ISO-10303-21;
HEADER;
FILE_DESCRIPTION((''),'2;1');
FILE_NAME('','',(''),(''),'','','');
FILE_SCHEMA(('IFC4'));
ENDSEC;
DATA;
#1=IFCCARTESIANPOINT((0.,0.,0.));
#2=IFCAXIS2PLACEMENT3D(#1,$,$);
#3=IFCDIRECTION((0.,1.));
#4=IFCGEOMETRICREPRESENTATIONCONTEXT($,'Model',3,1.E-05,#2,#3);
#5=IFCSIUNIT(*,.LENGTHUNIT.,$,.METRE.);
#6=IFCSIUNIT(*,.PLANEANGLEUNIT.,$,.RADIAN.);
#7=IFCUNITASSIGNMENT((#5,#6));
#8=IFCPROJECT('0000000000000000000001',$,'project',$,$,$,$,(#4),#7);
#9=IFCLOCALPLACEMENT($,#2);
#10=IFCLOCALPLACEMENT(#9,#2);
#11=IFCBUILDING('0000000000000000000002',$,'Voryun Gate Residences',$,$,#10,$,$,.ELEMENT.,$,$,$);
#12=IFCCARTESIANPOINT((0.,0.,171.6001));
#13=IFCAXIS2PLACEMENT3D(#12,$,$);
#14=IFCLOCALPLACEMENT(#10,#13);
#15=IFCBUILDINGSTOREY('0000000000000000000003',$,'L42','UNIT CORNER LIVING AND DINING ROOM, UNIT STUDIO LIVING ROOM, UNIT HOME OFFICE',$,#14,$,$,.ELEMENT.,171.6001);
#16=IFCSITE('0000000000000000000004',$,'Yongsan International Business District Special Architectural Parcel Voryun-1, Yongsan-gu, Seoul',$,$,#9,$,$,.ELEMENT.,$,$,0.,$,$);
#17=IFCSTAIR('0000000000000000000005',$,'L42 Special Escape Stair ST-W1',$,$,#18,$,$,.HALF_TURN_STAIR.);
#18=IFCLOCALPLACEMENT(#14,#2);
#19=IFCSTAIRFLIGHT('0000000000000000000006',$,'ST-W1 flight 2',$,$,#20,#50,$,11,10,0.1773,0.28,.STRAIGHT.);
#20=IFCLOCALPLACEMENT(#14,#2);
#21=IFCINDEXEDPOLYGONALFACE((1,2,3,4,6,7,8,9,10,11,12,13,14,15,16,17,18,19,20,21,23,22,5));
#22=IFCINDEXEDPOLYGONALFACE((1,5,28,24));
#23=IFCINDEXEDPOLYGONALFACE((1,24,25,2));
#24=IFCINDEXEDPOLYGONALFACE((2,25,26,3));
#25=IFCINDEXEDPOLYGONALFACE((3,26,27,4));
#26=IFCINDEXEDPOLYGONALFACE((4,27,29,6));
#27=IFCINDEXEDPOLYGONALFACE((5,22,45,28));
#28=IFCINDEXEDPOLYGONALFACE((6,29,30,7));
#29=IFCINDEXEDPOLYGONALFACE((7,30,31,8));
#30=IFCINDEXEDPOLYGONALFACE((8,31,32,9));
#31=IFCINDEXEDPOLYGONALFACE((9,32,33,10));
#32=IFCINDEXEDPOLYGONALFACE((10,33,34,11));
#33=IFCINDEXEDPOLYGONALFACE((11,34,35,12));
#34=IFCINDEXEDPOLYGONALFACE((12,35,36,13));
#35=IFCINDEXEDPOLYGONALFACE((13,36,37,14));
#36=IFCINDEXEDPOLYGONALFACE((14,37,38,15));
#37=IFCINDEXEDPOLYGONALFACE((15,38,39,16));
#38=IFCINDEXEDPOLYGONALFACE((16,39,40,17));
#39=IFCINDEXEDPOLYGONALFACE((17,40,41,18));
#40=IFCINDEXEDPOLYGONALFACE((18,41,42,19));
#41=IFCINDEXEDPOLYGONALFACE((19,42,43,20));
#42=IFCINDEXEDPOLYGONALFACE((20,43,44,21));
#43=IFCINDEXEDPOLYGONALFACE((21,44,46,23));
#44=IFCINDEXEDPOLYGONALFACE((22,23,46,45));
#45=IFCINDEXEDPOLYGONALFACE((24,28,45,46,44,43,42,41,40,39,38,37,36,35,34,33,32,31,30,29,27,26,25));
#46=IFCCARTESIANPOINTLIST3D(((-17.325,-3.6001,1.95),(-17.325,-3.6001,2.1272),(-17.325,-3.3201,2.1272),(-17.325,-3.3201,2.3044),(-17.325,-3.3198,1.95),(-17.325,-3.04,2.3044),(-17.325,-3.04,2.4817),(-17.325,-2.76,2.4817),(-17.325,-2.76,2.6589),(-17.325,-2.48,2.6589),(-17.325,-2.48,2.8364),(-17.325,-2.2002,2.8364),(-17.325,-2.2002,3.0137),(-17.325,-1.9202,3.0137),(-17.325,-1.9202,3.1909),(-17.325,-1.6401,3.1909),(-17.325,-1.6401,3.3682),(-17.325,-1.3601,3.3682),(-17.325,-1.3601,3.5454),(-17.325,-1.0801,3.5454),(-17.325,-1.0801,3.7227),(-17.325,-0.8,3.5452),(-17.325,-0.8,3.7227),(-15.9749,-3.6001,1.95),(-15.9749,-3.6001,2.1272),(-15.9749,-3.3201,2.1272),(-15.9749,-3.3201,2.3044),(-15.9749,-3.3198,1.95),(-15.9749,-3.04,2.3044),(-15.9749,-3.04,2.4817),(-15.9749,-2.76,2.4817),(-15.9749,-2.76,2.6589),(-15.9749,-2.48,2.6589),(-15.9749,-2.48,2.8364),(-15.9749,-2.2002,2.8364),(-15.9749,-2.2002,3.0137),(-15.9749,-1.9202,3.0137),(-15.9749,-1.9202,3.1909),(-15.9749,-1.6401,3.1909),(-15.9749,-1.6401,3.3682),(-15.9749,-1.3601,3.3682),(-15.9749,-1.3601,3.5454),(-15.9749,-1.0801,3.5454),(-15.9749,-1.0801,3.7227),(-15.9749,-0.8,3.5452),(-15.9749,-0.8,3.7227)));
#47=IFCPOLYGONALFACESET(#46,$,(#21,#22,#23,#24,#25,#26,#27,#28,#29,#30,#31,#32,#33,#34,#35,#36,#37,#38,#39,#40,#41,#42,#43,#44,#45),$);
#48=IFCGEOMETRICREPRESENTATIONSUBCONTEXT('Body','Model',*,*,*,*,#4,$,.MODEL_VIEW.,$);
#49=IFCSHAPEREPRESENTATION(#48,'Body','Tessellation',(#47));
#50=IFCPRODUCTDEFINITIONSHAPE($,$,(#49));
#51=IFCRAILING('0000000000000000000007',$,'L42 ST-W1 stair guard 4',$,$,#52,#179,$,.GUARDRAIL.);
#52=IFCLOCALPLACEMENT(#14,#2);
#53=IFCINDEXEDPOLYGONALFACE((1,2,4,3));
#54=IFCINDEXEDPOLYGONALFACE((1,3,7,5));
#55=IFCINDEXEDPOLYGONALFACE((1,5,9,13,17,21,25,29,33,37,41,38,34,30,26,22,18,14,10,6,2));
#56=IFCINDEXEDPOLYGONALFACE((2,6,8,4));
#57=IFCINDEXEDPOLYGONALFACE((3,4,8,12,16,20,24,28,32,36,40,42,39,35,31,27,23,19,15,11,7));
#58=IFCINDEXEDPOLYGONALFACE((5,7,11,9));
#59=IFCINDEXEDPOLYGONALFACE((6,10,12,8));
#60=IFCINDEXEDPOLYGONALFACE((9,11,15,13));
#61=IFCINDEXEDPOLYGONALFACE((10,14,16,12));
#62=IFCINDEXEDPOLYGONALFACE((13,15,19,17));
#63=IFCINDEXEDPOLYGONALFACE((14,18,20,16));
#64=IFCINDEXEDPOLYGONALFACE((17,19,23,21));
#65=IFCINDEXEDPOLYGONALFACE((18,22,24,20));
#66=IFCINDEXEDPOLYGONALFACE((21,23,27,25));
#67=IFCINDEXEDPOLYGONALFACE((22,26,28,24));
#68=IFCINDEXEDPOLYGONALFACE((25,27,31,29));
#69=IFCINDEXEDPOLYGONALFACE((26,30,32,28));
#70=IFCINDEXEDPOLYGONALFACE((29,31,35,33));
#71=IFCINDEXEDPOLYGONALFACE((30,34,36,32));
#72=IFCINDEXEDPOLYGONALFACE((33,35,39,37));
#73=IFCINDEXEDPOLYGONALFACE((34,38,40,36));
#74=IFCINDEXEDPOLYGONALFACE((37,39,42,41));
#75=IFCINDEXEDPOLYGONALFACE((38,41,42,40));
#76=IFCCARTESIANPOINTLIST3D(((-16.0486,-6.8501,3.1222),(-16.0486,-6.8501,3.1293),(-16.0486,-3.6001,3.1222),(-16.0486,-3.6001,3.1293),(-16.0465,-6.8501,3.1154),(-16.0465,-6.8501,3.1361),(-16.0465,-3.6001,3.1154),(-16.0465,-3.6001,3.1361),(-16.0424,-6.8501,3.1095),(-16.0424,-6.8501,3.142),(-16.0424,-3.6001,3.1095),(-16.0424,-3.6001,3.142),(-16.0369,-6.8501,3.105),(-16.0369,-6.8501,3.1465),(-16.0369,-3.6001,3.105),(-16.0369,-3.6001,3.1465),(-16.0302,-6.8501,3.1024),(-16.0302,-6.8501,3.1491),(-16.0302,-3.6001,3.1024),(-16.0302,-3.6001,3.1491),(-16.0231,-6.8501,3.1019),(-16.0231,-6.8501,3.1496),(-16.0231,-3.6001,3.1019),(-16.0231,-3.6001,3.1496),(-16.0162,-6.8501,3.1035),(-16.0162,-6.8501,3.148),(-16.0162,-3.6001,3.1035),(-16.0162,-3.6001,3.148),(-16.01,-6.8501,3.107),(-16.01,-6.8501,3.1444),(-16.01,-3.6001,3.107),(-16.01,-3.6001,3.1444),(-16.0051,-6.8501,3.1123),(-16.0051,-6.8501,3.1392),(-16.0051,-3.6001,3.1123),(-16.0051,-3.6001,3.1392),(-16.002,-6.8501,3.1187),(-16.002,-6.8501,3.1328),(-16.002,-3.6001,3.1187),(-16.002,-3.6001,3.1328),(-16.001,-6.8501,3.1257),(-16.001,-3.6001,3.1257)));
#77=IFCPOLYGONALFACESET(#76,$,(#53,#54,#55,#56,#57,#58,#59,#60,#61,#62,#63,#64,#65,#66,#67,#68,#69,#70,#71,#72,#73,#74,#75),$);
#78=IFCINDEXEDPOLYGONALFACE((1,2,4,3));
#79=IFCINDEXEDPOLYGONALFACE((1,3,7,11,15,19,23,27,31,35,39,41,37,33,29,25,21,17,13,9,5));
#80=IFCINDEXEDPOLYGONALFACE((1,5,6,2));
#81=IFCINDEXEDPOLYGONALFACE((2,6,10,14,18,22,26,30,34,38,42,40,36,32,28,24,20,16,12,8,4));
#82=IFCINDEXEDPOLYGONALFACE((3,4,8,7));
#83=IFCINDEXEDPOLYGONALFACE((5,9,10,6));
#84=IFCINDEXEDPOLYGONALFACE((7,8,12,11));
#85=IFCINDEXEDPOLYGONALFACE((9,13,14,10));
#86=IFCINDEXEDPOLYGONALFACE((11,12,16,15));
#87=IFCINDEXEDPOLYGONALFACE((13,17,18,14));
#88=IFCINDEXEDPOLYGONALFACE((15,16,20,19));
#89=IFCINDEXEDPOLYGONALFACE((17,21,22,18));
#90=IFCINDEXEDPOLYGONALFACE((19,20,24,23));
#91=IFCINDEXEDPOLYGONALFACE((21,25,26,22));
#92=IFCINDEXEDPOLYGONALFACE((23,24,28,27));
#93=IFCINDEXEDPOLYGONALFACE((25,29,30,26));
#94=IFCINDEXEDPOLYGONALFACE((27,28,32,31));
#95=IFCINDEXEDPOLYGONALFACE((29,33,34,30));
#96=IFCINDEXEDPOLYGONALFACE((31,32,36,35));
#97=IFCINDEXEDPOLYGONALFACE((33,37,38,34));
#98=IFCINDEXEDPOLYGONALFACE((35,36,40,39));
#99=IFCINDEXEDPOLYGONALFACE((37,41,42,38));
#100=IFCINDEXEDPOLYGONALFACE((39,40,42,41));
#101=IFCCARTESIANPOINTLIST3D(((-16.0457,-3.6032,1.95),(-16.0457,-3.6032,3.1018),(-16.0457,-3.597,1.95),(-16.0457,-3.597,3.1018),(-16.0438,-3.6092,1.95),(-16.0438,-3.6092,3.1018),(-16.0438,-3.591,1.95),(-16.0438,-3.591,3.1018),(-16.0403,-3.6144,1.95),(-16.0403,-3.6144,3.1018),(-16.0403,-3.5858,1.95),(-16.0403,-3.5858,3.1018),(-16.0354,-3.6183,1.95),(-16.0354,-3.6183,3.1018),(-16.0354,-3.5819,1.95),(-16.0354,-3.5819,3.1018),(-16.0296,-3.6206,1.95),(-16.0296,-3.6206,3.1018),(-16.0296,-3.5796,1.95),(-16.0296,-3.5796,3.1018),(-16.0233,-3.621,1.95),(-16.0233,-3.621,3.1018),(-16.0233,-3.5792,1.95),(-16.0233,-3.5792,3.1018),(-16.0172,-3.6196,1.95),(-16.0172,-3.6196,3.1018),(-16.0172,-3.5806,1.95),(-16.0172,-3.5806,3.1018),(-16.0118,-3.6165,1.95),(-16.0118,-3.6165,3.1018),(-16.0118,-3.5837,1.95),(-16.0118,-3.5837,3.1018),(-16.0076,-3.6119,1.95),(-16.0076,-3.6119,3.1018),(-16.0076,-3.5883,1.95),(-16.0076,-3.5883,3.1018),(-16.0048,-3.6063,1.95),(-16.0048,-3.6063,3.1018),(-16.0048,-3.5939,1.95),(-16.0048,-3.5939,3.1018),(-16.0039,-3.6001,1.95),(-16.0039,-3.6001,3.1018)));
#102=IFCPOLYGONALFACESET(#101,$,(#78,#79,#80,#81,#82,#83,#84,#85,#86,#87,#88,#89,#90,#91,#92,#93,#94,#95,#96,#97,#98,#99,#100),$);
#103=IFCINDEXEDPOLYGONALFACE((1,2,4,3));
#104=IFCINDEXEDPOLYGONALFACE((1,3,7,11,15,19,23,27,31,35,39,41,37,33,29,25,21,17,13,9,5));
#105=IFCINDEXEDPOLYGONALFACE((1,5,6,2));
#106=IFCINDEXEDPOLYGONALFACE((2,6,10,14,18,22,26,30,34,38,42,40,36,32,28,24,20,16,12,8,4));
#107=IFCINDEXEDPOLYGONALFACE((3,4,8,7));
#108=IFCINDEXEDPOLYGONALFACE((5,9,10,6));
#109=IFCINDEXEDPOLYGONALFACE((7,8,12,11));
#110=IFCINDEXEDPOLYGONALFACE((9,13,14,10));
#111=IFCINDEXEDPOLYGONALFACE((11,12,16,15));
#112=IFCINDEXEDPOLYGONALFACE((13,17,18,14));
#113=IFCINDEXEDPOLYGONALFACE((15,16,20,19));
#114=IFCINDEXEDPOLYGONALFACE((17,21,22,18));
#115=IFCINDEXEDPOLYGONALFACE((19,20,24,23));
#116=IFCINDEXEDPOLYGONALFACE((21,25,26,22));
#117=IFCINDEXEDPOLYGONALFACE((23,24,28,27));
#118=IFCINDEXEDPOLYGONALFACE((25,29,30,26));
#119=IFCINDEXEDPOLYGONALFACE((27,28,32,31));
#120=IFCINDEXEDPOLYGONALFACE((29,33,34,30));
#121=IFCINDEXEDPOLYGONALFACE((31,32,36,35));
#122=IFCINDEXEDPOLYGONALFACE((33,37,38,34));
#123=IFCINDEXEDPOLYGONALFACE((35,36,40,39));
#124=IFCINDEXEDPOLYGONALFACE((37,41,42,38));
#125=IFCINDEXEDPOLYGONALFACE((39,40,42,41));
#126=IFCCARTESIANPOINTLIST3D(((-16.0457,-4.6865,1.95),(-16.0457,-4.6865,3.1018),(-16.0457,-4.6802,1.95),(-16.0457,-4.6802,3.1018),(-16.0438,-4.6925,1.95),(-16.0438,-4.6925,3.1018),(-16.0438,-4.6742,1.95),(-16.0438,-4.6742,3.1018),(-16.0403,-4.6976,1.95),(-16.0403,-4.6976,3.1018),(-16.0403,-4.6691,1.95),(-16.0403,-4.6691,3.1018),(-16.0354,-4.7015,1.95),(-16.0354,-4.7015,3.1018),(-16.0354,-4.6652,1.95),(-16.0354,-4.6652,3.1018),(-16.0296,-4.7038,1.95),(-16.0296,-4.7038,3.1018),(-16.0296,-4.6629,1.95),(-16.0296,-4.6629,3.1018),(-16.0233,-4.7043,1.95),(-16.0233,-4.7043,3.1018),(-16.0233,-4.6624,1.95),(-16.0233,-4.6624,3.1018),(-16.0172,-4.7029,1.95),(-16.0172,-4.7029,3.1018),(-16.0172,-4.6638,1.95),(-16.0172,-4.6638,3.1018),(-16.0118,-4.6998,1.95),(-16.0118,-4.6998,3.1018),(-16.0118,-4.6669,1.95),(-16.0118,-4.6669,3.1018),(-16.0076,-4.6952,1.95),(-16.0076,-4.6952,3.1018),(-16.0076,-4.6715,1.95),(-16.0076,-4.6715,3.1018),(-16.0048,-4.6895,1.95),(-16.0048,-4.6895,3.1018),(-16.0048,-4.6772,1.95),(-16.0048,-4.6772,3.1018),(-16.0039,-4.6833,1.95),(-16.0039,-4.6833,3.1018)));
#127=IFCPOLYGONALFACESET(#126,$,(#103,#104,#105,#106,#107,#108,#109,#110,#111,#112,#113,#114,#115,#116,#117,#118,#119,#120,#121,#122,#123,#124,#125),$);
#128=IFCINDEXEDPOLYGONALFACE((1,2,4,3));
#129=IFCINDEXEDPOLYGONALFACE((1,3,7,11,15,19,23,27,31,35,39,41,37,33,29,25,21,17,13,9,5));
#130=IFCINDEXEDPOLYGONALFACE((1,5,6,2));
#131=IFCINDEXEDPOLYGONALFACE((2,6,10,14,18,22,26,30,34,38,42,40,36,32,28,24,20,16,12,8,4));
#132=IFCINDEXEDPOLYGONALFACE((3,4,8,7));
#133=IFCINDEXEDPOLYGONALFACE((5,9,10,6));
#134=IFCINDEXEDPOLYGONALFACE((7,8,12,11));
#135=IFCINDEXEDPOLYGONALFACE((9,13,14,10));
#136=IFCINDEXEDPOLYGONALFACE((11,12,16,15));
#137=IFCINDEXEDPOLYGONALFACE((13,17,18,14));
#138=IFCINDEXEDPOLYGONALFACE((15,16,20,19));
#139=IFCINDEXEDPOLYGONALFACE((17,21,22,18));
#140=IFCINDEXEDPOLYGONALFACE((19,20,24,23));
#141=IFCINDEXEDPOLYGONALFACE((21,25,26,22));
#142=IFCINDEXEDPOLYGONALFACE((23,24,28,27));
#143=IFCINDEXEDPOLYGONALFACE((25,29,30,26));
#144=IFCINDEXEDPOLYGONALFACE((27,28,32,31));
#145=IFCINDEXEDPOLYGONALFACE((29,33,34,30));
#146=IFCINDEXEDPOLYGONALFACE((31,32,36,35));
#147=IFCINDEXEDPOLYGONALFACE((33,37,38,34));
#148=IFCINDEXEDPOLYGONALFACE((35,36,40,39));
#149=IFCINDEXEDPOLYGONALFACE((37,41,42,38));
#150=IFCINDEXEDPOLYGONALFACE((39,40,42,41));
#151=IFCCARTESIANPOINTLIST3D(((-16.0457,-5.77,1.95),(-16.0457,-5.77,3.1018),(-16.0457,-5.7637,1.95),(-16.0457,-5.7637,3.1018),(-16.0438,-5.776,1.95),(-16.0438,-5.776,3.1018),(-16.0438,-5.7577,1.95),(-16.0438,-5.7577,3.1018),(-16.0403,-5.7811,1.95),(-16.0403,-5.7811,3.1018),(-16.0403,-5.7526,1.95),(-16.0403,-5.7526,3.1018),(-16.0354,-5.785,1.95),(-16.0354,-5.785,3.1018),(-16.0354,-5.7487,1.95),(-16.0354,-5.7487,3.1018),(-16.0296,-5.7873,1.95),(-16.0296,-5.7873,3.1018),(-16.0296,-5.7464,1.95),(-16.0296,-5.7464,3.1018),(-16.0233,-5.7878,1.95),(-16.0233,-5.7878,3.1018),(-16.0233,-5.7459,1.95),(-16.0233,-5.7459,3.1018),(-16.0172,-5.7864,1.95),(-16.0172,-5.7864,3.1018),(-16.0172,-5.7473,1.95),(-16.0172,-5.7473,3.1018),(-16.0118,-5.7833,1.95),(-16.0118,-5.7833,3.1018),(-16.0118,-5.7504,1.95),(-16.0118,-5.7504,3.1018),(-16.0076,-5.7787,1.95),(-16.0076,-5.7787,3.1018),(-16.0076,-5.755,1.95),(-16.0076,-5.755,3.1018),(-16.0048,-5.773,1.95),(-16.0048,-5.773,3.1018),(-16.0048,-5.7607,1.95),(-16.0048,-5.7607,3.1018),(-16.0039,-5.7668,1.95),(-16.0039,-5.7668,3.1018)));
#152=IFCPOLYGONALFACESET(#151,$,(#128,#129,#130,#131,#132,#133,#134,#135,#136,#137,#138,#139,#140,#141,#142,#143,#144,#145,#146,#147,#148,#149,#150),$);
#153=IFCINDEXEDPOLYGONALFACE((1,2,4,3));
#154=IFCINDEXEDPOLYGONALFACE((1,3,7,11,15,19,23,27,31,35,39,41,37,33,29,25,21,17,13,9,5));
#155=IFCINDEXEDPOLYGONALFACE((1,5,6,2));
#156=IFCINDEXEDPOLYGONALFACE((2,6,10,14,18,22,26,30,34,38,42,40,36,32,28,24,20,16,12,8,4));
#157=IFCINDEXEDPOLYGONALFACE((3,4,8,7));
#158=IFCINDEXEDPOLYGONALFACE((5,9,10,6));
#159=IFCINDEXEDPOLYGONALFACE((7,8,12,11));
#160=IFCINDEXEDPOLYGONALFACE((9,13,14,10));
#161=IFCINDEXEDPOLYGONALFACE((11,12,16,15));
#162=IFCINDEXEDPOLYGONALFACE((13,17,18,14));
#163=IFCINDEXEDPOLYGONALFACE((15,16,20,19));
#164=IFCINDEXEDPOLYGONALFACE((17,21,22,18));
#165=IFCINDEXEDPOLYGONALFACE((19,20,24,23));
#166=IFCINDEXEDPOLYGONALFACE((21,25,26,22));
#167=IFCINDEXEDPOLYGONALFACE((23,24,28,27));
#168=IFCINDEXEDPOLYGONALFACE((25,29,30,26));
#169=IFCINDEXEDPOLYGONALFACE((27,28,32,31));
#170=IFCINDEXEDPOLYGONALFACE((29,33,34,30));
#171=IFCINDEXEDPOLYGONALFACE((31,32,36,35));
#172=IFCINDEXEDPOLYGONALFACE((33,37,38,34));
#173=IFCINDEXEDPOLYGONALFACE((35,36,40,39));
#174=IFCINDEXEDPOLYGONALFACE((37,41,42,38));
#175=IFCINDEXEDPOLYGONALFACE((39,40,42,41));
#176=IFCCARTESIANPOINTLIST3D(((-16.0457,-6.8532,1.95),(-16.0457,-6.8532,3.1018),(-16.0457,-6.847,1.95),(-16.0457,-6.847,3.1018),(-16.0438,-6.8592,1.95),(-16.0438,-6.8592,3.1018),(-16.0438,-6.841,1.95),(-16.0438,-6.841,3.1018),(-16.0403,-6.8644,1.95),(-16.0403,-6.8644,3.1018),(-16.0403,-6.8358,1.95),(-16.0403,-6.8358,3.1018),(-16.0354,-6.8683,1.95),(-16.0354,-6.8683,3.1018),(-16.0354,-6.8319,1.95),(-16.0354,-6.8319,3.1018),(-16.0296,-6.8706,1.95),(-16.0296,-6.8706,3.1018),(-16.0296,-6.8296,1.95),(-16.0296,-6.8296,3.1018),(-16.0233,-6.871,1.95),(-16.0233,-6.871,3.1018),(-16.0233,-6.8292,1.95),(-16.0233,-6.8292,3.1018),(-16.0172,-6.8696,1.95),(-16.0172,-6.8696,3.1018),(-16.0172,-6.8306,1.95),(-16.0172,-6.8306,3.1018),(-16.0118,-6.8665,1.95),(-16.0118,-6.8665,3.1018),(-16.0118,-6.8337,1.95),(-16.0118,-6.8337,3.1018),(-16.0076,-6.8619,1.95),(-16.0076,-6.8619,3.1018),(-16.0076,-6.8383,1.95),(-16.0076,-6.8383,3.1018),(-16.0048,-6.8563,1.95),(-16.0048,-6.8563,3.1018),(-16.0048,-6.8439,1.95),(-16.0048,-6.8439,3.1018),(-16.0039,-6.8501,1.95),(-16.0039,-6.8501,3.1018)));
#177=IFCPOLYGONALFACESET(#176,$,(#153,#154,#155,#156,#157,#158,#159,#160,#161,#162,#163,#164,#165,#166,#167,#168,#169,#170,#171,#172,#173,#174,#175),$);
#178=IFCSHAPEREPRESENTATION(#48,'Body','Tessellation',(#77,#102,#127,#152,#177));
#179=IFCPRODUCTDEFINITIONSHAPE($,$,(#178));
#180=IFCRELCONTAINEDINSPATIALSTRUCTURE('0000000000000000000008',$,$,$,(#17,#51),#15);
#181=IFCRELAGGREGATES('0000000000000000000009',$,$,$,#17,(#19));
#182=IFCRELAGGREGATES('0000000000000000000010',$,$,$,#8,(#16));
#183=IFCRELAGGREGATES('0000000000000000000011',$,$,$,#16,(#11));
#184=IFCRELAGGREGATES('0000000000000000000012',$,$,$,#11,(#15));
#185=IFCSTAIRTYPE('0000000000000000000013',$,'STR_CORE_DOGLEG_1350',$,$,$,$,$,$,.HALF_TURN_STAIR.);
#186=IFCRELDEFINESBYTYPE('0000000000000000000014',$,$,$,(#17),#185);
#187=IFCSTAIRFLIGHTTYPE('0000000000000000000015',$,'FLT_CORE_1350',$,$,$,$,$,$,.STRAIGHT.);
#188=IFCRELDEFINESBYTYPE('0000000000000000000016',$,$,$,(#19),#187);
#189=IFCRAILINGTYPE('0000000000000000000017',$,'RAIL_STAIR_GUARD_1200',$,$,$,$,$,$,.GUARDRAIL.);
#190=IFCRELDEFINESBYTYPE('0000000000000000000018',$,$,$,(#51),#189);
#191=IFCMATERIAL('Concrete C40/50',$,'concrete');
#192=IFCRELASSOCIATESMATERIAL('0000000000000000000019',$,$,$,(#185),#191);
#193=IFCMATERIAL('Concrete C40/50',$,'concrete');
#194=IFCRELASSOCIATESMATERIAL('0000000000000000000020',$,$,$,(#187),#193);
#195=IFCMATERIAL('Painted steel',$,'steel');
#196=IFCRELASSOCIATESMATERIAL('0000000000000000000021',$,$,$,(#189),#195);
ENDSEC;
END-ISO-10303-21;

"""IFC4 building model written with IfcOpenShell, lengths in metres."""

from ifc_helpers import new_model, si_unit, direction, frame, origin, origin_2d, place, context, subcontext, project, spatial, polyline, circle, outline, extrude, material, type_object, element, aggregate, save


model = new_model("IFC4")

# Units and contexts
model_context = context("Model", 3, precision=1e-05, world=origin(), true_north=direction((0.0, 1.0)))
body_context = subcontext(model_context, "Body", "Model", "MODEL_VIEW")
ifc_project = project(units=[si_unit("LENGTHUNIT", "METRE"), si_unit("PLANEANGLEUNIT", "RADIAN")], contexts=[model_context])

# Site, building, storey
site_placement = place(None, origin())
site = spatial("IfcSite", under=ifc_project, at=site_placement, Name="Yongsan International Business District Special Architectural Parcel Voryun-1, Yongsan-gu, Seoul", CompositionType="ELEMENT", RefElevation=0.0)
building_placement = place(site_placement, origin())
building = spatial("IfcBuilding", under=site, at=building_placement, Name="Voryun Gate Residences", CompositionType="ELEMENT")
storey_placement = place(building_placement, frame((0.0, 0.0, 171.6001)))
storey = spatial("IfcBuildingStorey", under=building, at=storey_placement, Name="L42", Description="UNIT CORNER LIVING AND DINING ROOM, UNIT STUDIO LIVING ROOM, UNIT HOME OFFICE", CompositionType="ELEMENT", Elevation=171.6001)

# Stair, stair flight
ifc_material_1 = material(Name="Concrete C40/50", Category="concrete")
stair_type = type_object("IfcStairType", Name="STR_CORE_DOGLEG_1350", PredefinedType="HALF_TURN_STAIR", material=ifc_material_1)
stair_placement = place(storey_placement, origin())
stair = element("IfcStair", 1, at=stair_placement, inside=storey, type_object=stair_type, Name="L42 Special Escape Stair ST-W1", PredefinedType="HALF_TURN_STAIR")
ifc_material_2 = material(Name="Concrete C40/50", Category="concrete")
stair_flight_type = type_object("IfcStairFlightType", Name="FLT_CORE_1350", PredefinedType="STRAIGHT", material=ifc_material_2)
stair_flight_placement = place(storey_placement, frame((-16.6499, -3.6001, 1.95), z_axis=(0.0, 0.0, 1.0), x_axis=(0.0, 1.0, 0.0)))
stair_flight = element("IfcStairFlight", 2, at=stair_flight_placement, type_object=stair_flight_type, Name="ST-W1 flight 2", NumberOfRisers=11, NumberOfTreads=10, PredefinedType="STRAIGHT", RiserHeight=0.1773, TreadLength=0.28, context=body_context, shape_type="SweptSolid", body=[
    extrude(outline(polyline([(0.0, 0.0), (0.0, 0.1772), (0.28, 0.1772), (0.28, 0.3545), (0.5601, 0.3545), (0.5601, 0.5317), (0.8401, 0.5317), (0.8401, 0.709), (1.1201, 0.709), (1.1201, 0.8865), (1.3999, 0.8865), (1.3999, 1.0637), (1.6799, 1.0637), (1.6799, 1.241), (1.96, 1.241), (1.96, 1.4182), (2.24, 1.4182), (2.24, 1.5955), (2.52, 1.5955), (2.52, 1.7727), (2.8, 1.7727), (2.8, 1.95), (2.8, 1.5952), (0.2803, 0.0), (0.0, 0.0)])), frame((0.0, 0.675, 0.0), z_axis=(0.0, -1.0, 0.0), x_axis=(1.0, 0.0, 0.0)), (0.0, 0.0, 1.0), 1.3501),
])
aggregate(stair, [stair_flight])

# Railing
ifc_material_3 = material(Name="Painted steel", Category="steel")
railing_type_1 = type_object("IfcRailingType", Name="RAIL_STAIR_GUARD_1200", PredefinedType="GUARDRAIL", material=ifc_material_3)
railing_1_placement = place(storey_placement, frame((-16.0249, -3.6001, 1.95)))
element("IfcRailing", 3, at=railing_1_placement, inside=storey, type_object=railing_type_1, Name="L42 ST-W1 stair guard 4", PredefinedType="GUARDRAIL", context=body_context, shape_type="SweptSolid", body=[
    extrude(circle(Radius=0.0239, at=origin_2d()), frame((0.0, 0.0, 1.1758), z_axis=(0.0, -1.0, 0.0), x_axis=(1.0, 0.0, 0.0)), (0.0, 0.0, 1.0), 3.25),
    extrude(circle(Radius=0.021, at=origin_2d()), origin(), (0.0, 0.0, 1.0), 1.1519),
    extrude(circle(Radius=0.021, at=origin_2d()), frame((0.0, -1.0833, 0.0)), (0.0, 0.0, 1.0), 1.1519),
    extrude(circle(Radius=0.021, at=origin_2d()), frame((0.0, -2.1667, 0.0)), (0.0, 0.0, 1.0), 1.1519),
    extrude(circle(Radius=0.021, at=origin_2d()), frame((0.0, -3.25, 0.0)), (0.0, 0.0, 1.0), 1.1519),
])

save(model, "model.ifc")
